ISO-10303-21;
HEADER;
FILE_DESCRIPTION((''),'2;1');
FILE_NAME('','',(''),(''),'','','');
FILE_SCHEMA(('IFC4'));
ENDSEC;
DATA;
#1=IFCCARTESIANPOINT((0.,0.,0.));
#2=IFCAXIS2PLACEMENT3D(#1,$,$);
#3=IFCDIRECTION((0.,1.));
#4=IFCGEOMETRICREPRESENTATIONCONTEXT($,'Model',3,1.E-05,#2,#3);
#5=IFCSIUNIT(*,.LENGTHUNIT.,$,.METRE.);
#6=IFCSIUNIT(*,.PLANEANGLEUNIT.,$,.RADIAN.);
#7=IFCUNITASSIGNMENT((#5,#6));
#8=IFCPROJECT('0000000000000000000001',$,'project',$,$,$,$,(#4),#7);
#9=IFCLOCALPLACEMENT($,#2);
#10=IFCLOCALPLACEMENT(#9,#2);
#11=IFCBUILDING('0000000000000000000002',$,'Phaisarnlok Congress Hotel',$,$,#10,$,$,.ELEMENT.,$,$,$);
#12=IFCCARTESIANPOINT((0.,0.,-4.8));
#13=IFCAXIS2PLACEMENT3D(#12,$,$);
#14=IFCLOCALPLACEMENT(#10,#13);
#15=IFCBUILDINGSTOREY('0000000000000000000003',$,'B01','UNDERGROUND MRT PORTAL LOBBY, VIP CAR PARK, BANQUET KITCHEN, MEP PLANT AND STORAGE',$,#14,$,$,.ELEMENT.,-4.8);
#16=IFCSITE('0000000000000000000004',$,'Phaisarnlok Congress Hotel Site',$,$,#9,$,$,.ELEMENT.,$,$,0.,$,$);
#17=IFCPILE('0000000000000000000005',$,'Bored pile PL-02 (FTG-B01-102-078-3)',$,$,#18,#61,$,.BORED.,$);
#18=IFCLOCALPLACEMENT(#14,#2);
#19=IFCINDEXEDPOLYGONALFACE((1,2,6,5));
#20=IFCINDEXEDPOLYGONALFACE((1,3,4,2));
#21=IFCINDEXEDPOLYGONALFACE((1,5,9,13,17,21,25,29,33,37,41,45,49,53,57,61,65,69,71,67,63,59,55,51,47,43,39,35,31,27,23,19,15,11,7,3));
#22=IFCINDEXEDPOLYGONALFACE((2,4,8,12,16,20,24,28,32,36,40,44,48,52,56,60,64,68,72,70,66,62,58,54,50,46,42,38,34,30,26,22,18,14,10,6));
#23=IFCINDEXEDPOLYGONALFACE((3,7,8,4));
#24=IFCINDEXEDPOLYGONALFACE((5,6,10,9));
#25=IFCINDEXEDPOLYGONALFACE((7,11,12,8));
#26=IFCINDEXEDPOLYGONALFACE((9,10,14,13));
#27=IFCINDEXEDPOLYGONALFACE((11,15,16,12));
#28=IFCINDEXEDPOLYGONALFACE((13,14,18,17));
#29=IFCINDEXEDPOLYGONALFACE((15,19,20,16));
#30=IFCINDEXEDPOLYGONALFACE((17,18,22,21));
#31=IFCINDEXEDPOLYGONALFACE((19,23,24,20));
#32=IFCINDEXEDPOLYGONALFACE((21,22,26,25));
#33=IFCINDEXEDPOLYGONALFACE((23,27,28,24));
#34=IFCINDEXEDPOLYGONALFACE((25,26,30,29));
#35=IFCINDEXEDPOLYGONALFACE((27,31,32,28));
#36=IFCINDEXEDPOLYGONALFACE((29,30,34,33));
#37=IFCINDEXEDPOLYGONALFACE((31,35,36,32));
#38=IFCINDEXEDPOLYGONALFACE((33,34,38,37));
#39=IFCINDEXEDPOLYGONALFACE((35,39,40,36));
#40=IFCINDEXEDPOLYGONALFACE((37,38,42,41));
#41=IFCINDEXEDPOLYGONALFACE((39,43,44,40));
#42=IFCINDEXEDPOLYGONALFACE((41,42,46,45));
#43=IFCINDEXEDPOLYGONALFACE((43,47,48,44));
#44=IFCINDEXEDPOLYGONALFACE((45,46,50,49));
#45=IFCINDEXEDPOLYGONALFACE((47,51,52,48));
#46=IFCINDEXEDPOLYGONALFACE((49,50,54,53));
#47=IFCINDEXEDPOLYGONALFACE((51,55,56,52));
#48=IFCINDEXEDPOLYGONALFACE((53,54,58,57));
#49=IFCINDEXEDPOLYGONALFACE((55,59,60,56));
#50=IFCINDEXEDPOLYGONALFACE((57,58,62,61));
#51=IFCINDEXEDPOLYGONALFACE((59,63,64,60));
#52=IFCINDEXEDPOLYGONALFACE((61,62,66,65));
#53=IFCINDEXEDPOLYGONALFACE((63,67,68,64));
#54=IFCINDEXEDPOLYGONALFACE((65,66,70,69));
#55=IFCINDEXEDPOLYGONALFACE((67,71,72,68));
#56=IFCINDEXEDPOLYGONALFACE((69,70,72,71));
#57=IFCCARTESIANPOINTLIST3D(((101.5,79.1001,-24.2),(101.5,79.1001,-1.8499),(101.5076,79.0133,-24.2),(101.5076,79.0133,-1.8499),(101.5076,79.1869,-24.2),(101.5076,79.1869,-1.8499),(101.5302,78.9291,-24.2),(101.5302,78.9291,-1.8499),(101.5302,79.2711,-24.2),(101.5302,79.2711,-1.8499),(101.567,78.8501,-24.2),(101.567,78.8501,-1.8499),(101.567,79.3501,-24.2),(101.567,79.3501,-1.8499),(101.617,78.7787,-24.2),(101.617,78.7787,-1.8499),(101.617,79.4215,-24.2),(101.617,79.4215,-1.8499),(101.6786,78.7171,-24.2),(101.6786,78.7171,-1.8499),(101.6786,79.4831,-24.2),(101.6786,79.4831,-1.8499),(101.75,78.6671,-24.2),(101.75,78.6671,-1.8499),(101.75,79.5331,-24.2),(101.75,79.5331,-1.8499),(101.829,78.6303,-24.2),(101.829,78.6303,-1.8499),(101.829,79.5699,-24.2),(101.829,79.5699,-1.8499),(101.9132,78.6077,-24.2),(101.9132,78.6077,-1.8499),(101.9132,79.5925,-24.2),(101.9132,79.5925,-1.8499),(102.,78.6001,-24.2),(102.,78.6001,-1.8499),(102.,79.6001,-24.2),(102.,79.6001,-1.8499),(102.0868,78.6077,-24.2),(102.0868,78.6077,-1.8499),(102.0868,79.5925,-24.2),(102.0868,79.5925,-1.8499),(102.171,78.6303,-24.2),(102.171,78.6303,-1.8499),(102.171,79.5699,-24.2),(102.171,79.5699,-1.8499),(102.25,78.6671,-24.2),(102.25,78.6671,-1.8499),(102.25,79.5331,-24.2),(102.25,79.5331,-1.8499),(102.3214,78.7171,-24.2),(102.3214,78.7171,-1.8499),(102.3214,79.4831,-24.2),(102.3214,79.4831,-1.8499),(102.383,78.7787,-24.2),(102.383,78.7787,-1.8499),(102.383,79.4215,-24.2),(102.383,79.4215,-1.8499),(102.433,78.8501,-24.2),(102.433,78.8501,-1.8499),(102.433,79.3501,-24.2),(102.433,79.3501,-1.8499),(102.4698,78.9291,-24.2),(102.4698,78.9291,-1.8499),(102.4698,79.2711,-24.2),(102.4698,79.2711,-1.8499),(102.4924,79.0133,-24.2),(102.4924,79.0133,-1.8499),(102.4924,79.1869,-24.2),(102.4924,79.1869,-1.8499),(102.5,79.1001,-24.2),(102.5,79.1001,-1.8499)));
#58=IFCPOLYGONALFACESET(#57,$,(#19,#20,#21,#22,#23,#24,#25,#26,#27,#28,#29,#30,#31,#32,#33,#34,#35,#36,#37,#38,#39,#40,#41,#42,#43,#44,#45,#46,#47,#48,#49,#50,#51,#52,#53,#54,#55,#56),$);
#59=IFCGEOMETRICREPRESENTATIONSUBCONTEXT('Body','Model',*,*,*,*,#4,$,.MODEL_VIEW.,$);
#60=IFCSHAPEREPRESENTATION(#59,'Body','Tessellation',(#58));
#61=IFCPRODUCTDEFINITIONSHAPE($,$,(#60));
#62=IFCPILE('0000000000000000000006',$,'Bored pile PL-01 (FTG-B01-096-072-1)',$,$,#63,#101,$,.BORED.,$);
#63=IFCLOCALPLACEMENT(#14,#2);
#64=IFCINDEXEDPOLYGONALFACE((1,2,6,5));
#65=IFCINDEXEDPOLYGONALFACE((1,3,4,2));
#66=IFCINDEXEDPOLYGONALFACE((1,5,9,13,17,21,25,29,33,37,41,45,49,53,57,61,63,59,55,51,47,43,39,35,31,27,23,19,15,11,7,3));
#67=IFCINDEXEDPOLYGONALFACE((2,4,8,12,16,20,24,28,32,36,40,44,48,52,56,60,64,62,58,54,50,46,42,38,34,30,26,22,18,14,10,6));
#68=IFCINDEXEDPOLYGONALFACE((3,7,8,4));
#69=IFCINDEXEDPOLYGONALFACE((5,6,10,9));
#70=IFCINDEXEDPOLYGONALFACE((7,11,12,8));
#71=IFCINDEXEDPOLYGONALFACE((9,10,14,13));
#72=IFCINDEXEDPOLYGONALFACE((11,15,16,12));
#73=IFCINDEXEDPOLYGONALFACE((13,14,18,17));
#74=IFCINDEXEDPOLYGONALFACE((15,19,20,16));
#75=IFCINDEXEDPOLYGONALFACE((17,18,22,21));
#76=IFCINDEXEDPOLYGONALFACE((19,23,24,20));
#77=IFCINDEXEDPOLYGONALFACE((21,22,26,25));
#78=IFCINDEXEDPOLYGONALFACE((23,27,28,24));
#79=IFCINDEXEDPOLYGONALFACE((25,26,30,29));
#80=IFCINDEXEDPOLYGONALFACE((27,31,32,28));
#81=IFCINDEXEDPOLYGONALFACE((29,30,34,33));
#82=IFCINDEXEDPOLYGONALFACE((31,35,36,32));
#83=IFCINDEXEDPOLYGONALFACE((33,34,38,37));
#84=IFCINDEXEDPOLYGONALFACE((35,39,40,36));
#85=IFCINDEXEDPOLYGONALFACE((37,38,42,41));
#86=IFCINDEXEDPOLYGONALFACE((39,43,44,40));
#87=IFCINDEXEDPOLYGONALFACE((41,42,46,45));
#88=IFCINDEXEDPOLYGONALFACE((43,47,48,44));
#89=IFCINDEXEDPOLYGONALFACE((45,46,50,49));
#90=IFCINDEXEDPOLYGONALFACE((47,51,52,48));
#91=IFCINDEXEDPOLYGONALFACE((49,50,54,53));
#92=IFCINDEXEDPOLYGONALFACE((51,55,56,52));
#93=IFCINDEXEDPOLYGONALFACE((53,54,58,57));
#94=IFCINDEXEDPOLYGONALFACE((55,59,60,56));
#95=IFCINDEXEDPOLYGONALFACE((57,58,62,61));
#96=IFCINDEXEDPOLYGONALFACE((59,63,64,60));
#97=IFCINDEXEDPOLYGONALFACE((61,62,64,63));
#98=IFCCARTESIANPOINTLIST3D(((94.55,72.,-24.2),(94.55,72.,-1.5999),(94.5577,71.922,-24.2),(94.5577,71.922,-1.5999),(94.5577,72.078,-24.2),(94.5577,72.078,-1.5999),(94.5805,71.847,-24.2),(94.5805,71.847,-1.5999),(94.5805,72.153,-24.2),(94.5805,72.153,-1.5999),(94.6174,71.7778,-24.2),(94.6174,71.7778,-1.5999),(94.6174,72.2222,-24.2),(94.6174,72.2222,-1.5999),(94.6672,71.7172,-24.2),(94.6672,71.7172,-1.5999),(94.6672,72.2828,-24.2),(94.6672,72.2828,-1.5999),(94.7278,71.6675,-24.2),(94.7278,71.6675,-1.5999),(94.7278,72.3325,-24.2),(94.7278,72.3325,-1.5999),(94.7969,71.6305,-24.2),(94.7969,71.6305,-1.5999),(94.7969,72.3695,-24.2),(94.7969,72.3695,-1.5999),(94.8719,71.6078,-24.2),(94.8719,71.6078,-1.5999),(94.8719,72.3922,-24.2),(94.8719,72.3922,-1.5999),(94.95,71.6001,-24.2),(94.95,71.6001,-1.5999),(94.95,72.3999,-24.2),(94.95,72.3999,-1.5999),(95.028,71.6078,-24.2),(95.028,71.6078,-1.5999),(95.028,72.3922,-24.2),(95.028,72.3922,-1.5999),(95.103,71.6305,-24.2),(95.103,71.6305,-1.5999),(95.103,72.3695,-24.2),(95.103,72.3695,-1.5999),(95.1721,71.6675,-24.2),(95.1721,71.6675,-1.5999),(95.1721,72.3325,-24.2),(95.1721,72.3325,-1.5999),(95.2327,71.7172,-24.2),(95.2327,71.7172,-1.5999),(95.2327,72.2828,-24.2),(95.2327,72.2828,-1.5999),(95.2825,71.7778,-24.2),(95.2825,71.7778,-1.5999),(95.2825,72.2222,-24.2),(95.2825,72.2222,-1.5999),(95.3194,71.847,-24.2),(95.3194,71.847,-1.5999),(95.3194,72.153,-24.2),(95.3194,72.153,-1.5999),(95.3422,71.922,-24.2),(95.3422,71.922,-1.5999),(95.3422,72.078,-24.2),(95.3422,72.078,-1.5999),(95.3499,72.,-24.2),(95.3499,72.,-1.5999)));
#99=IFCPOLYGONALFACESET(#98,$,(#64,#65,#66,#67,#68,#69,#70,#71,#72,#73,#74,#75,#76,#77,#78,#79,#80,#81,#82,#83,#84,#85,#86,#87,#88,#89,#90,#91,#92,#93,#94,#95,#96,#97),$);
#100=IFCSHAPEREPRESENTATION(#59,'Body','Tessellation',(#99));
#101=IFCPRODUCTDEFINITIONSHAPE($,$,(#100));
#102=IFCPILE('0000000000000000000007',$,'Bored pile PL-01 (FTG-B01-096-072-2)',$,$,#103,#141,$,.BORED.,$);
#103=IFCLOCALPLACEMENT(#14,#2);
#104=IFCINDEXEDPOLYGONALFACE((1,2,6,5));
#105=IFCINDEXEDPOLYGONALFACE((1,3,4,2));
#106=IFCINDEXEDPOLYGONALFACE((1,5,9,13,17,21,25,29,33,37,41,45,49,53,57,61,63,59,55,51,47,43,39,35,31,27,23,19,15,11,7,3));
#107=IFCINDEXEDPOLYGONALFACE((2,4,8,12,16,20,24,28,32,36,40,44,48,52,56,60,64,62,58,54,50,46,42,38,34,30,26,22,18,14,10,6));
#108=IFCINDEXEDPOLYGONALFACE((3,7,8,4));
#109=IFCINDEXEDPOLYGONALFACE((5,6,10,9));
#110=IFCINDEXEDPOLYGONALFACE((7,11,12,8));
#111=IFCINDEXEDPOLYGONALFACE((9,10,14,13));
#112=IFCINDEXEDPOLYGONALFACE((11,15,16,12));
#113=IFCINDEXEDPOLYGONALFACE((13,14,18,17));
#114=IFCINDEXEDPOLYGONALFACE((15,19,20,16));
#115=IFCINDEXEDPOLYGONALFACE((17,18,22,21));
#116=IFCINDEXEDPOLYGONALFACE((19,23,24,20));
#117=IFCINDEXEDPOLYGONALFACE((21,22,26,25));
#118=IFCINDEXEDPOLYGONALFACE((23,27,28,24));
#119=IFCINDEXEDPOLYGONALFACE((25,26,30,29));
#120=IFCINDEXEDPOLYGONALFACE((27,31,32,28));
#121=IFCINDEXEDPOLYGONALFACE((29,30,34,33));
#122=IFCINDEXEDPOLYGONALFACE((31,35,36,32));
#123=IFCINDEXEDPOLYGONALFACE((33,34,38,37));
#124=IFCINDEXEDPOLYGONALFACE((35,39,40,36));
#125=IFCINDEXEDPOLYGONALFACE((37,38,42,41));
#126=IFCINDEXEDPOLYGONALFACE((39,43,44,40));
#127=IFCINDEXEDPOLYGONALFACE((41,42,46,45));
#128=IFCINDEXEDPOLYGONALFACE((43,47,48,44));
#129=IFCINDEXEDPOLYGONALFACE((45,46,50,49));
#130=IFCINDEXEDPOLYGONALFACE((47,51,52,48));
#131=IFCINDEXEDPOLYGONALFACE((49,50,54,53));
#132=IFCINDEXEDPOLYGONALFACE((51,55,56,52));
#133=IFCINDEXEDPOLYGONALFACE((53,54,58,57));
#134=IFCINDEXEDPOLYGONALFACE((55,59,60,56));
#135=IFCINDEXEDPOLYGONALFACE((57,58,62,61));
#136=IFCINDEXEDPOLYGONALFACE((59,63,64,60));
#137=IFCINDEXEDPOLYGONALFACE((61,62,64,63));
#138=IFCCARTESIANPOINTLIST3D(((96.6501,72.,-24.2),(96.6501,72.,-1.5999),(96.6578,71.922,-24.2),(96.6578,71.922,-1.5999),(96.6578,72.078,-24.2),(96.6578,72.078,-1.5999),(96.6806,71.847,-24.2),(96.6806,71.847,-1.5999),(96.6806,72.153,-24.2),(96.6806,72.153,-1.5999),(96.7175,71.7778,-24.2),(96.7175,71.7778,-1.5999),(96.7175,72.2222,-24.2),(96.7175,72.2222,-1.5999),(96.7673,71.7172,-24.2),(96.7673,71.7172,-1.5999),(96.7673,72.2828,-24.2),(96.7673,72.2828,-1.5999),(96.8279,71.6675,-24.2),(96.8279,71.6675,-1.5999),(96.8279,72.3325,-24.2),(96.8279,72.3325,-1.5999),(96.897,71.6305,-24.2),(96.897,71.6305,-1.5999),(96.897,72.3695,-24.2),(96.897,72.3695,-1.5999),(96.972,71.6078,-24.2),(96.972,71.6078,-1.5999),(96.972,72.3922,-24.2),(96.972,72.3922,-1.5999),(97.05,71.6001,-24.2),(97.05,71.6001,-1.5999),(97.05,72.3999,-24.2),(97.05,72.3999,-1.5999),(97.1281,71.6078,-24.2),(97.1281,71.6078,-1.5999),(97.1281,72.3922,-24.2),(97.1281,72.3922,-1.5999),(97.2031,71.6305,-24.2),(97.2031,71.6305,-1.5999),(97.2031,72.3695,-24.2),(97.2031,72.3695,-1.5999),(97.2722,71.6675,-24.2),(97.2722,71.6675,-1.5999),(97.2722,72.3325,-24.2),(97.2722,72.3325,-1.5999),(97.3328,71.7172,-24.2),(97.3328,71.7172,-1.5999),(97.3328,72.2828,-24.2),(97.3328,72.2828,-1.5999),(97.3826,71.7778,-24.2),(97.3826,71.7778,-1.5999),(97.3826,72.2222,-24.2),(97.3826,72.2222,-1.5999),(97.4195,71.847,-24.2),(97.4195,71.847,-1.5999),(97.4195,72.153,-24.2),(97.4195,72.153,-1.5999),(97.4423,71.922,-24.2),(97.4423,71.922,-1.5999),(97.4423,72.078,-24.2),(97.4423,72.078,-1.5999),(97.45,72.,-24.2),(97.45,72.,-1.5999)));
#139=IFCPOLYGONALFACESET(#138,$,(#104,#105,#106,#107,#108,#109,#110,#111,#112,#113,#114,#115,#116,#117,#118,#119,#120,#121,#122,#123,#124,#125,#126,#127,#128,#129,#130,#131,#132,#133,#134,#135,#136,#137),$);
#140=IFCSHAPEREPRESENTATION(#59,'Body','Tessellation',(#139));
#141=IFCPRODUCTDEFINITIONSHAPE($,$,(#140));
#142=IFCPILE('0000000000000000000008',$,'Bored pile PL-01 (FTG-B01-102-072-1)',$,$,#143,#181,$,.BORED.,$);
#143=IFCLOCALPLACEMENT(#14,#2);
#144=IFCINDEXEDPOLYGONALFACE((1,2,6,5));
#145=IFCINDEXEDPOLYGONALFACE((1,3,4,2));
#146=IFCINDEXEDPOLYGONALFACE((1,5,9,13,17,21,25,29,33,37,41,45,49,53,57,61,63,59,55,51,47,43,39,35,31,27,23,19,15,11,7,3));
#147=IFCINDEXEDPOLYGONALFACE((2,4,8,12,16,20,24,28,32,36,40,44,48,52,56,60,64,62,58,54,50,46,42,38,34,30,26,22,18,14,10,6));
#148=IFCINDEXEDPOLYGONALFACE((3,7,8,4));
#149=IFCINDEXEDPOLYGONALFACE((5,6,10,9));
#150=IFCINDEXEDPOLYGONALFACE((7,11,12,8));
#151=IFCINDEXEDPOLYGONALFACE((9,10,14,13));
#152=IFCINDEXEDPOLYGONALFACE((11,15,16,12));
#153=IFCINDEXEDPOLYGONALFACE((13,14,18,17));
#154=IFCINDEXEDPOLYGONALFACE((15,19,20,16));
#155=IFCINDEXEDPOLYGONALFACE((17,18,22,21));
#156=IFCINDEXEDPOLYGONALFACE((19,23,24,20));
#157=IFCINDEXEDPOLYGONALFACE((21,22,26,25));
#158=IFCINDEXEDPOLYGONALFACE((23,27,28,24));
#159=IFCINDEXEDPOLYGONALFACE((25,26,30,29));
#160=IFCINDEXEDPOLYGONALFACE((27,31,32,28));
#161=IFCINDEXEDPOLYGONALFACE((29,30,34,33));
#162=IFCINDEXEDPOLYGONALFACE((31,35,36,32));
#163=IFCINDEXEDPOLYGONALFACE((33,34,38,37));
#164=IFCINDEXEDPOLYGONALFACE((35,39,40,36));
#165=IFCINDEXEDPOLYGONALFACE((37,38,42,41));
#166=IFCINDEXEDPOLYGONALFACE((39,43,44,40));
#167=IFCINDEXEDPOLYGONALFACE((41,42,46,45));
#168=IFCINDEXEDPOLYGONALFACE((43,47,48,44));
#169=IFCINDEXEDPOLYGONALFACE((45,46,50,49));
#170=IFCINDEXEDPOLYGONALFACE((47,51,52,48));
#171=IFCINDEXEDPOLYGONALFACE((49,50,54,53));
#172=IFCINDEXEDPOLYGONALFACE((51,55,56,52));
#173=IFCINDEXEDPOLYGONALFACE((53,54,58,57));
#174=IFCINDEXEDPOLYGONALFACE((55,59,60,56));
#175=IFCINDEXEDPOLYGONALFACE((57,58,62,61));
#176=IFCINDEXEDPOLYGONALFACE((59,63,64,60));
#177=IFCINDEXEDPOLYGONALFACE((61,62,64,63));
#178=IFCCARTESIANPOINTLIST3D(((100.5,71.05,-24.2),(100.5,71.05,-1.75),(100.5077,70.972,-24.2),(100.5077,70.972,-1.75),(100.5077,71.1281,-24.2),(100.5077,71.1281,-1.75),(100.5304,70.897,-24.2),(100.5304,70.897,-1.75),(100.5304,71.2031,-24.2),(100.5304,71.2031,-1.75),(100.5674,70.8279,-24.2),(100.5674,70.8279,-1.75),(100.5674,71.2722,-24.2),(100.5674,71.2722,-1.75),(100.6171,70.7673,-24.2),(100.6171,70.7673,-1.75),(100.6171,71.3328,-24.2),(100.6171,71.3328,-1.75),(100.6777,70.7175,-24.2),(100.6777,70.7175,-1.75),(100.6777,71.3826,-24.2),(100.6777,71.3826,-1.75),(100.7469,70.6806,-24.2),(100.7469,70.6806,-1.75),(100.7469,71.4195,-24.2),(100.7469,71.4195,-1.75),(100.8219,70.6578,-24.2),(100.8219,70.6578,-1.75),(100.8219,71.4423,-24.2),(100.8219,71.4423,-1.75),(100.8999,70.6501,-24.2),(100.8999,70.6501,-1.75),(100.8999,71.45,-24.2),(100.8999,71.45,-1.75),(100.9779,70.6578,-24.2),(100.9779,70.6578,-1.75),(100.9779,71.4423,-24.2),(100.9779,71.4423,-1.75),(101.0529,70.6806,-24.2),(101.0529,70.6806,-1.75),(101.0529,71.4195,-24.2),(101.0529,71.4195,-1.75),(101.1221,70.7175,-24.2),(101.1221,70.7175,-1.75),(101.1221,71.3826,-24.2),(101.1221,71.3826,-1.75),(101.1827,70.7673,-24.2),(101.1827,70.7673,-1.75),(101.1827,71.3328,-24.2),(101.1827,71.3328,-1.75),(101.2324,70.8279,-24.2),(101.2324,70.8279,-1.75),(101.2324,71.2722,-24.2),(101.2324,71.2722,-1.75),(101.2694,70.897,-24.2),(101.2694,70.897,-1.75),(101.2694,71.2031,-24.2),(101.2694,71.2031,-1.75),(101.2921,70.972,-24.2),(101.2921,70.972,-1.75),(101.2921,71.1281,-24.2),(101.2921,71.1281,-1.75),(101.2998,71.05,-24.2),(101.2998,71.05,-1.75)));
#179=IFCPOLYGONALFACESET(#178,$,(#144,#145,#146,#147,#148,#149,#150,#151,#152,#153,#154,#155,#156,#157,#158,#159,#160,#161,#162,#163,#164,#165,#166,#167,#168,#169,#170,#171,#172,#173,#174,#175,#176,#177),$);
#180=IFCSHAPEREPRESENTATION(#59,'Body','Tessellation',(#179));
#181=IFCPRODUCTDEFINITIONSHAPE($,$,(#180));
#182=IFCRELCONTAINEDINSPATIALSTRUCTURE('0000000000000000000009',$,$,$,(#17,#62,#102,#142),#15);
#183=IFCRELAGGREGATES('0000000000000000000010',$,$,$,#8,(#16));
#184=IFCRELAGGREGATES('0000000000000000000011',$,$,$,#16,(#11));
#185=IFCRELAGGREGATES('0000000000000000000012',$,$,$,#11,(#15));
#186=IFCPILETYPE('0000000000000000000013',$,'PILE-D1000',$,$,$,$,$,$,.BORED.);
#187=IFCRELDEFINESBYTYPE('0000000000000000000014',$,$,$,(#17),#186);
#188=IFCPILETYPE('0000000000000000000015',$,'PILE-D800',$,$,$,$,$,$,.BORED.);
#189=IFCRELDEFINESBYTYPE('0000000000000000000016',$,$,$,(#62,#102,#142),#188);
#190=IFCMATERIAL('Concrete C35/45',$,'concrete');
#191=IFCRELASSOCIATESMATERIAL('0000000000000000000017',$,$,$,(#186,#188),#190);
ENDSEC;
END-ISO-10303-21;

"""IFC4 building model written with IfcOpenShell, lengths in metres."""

from ifc_helpers import new_model, si_unit, direction, frame, origin, origin_2d, place, context, subcontext, project, spatial, circle, extrude, material, material_profile, profile_set, type_object, element, save


model = new_model("IFC4")

# Units and contexts
model_context = context("Model", 3, precision=1e-05, world=origin(), true_north=direction((0.0, 1.0)))
body_context = subcontext(model_context, "Body", "Model", "MODEL_VIEW")
ifc_project = project(units=[si_unit("LENGTHUNIT", "METRE"), si_unit("PLANEANGLEUNIT", "RADIAN")], contexts=[model_context])

# Site, building, storey
site_placement = place(None, origin())
site = spatial("IfcSite", under=ifc_project, at=site_placement, Name="Phaisarnlok Congress Hotel Site", CompositionType="ELEMENT", RefElevation=0.0)
building_placement = place(site_placement, origin())
building = spatial("IfcBuilding", under=site, at=building_placement, Name="Phaisarnlok Congress Hotel", CompositionType="ELEMENT")
storey_placement = place(building_placement, frame((0.0, 0.0, -4.8)))
storey = spatial("IfcBuildingStorey", under=building, at=storey_placement, Name="B01", Description="UNDERGROUND MRT PORTAL LOBBY, VIP CAR PARK, BANQUET KITCHEN, MEP PLANT AND STORAGE", CompositionType="ELEMENT", Elevation=-4.8)

# Piles
ifc_material_1 = material(Name="Concrete C35/45", Category="concrete")
ifc_material_profile_1 = material_profile(ifc_material_1, circle(Radius=0.5, at=origin_2d()), Name="BORED PILE D1000")
ifc_profile_set_1 = profile_set([ifc_material_profile_1], Name="Concrete C35/45")
pile_type_1 = type_object("IfcPileType", Name="PILE-D1000", PredefinedType="BORED", material=ifc_profile_set_1)
for number, where, z_axis, x_axis, name in (
    (1, (102.0, 79.1001, -1.8499), (0.0, 0.0, -1.0), (1.0, 0.0, 0.0), "Bored pile PL-02 (FTG-B01-102-078-3)"),
):
    element("IfcPile", number, at=place(storey_placement, frame(where, z_axis=z_axis, x_axis=x_axis)), inside=storey, type_object=pile_type_1, Name=name, PredefinedType="BORED", context=body_context, shape_type="SweptSolid", body=[
        extrude(circle(Radius=0.5, at=origin_2d()), origin(), (0.0, 0.0, 1.0), 22.3501),
    ])
ifc_material_profile_2 = material_profile(ifc_material_1, circle(Radius=0.3999, at=origin_2d()), Name="BORED PILE D800")
ifc_profile_set_2 = profile_set([ifc_material_profile_2], Name="Concrete C35/45")
pile_type_2 = type_object("IfcPileType", Name="PILE-D800", PredefinedType="BORED", material=ifc_profile_set_2)
for number, where, z_axis, x_axis, name in (
    (2, (94.95, 72.0, -1.5999), (0.0, 0.0, -1.0), (1.0, 0.0, 0.0), "Bored pile PL-01 (FTG-B01-096-072-1)"),
    (3, (97.05, 72.0, -1.5999), (0.0, 0.0, -1.0), (1.0, 0.0, 0.0), "Bored pile PL-01 (FTG-B01-096-072-2)"),
):
    element("IfcPile", number, at=place(storey_placement, frame(where, z_axis=z_axis, x_axis=x_axis)), inside=storey, type_object=pile_type_2, Name=name, PredefinedType="BORED", context=body_context, shape_type="SweptSolid", body=[
        extrude(circle(Radius=0.3999, at=origin_2d()), origin(), (0.0, 0.0, 1.0), 22.6001),
    ])
for number, where, z_axis, x_axis, name in (
    (4, (100.8999, 71.05, -1.75), (0.0, 0.0, -1.0), (1.0, 0.0, 0.0), "Bored pile PL-01 (FTG-B01-102-072-1)"),
):
    element("IfcPile", number, at=place(storey_placement, frame(where, z_axis=z_axis, x_axis=x_axis)), inside=storey, type_object=pile_type_2, Name=name, PredefinedType="BORED", context=body_context, shape_type="SweptSolid", body=[
        extrude(circle(Radius=0.3999, at=origin_2d()), origin(), (0.0, 0.0, 1.0), 22.45),
    ])

save(model, "model.ifc")
